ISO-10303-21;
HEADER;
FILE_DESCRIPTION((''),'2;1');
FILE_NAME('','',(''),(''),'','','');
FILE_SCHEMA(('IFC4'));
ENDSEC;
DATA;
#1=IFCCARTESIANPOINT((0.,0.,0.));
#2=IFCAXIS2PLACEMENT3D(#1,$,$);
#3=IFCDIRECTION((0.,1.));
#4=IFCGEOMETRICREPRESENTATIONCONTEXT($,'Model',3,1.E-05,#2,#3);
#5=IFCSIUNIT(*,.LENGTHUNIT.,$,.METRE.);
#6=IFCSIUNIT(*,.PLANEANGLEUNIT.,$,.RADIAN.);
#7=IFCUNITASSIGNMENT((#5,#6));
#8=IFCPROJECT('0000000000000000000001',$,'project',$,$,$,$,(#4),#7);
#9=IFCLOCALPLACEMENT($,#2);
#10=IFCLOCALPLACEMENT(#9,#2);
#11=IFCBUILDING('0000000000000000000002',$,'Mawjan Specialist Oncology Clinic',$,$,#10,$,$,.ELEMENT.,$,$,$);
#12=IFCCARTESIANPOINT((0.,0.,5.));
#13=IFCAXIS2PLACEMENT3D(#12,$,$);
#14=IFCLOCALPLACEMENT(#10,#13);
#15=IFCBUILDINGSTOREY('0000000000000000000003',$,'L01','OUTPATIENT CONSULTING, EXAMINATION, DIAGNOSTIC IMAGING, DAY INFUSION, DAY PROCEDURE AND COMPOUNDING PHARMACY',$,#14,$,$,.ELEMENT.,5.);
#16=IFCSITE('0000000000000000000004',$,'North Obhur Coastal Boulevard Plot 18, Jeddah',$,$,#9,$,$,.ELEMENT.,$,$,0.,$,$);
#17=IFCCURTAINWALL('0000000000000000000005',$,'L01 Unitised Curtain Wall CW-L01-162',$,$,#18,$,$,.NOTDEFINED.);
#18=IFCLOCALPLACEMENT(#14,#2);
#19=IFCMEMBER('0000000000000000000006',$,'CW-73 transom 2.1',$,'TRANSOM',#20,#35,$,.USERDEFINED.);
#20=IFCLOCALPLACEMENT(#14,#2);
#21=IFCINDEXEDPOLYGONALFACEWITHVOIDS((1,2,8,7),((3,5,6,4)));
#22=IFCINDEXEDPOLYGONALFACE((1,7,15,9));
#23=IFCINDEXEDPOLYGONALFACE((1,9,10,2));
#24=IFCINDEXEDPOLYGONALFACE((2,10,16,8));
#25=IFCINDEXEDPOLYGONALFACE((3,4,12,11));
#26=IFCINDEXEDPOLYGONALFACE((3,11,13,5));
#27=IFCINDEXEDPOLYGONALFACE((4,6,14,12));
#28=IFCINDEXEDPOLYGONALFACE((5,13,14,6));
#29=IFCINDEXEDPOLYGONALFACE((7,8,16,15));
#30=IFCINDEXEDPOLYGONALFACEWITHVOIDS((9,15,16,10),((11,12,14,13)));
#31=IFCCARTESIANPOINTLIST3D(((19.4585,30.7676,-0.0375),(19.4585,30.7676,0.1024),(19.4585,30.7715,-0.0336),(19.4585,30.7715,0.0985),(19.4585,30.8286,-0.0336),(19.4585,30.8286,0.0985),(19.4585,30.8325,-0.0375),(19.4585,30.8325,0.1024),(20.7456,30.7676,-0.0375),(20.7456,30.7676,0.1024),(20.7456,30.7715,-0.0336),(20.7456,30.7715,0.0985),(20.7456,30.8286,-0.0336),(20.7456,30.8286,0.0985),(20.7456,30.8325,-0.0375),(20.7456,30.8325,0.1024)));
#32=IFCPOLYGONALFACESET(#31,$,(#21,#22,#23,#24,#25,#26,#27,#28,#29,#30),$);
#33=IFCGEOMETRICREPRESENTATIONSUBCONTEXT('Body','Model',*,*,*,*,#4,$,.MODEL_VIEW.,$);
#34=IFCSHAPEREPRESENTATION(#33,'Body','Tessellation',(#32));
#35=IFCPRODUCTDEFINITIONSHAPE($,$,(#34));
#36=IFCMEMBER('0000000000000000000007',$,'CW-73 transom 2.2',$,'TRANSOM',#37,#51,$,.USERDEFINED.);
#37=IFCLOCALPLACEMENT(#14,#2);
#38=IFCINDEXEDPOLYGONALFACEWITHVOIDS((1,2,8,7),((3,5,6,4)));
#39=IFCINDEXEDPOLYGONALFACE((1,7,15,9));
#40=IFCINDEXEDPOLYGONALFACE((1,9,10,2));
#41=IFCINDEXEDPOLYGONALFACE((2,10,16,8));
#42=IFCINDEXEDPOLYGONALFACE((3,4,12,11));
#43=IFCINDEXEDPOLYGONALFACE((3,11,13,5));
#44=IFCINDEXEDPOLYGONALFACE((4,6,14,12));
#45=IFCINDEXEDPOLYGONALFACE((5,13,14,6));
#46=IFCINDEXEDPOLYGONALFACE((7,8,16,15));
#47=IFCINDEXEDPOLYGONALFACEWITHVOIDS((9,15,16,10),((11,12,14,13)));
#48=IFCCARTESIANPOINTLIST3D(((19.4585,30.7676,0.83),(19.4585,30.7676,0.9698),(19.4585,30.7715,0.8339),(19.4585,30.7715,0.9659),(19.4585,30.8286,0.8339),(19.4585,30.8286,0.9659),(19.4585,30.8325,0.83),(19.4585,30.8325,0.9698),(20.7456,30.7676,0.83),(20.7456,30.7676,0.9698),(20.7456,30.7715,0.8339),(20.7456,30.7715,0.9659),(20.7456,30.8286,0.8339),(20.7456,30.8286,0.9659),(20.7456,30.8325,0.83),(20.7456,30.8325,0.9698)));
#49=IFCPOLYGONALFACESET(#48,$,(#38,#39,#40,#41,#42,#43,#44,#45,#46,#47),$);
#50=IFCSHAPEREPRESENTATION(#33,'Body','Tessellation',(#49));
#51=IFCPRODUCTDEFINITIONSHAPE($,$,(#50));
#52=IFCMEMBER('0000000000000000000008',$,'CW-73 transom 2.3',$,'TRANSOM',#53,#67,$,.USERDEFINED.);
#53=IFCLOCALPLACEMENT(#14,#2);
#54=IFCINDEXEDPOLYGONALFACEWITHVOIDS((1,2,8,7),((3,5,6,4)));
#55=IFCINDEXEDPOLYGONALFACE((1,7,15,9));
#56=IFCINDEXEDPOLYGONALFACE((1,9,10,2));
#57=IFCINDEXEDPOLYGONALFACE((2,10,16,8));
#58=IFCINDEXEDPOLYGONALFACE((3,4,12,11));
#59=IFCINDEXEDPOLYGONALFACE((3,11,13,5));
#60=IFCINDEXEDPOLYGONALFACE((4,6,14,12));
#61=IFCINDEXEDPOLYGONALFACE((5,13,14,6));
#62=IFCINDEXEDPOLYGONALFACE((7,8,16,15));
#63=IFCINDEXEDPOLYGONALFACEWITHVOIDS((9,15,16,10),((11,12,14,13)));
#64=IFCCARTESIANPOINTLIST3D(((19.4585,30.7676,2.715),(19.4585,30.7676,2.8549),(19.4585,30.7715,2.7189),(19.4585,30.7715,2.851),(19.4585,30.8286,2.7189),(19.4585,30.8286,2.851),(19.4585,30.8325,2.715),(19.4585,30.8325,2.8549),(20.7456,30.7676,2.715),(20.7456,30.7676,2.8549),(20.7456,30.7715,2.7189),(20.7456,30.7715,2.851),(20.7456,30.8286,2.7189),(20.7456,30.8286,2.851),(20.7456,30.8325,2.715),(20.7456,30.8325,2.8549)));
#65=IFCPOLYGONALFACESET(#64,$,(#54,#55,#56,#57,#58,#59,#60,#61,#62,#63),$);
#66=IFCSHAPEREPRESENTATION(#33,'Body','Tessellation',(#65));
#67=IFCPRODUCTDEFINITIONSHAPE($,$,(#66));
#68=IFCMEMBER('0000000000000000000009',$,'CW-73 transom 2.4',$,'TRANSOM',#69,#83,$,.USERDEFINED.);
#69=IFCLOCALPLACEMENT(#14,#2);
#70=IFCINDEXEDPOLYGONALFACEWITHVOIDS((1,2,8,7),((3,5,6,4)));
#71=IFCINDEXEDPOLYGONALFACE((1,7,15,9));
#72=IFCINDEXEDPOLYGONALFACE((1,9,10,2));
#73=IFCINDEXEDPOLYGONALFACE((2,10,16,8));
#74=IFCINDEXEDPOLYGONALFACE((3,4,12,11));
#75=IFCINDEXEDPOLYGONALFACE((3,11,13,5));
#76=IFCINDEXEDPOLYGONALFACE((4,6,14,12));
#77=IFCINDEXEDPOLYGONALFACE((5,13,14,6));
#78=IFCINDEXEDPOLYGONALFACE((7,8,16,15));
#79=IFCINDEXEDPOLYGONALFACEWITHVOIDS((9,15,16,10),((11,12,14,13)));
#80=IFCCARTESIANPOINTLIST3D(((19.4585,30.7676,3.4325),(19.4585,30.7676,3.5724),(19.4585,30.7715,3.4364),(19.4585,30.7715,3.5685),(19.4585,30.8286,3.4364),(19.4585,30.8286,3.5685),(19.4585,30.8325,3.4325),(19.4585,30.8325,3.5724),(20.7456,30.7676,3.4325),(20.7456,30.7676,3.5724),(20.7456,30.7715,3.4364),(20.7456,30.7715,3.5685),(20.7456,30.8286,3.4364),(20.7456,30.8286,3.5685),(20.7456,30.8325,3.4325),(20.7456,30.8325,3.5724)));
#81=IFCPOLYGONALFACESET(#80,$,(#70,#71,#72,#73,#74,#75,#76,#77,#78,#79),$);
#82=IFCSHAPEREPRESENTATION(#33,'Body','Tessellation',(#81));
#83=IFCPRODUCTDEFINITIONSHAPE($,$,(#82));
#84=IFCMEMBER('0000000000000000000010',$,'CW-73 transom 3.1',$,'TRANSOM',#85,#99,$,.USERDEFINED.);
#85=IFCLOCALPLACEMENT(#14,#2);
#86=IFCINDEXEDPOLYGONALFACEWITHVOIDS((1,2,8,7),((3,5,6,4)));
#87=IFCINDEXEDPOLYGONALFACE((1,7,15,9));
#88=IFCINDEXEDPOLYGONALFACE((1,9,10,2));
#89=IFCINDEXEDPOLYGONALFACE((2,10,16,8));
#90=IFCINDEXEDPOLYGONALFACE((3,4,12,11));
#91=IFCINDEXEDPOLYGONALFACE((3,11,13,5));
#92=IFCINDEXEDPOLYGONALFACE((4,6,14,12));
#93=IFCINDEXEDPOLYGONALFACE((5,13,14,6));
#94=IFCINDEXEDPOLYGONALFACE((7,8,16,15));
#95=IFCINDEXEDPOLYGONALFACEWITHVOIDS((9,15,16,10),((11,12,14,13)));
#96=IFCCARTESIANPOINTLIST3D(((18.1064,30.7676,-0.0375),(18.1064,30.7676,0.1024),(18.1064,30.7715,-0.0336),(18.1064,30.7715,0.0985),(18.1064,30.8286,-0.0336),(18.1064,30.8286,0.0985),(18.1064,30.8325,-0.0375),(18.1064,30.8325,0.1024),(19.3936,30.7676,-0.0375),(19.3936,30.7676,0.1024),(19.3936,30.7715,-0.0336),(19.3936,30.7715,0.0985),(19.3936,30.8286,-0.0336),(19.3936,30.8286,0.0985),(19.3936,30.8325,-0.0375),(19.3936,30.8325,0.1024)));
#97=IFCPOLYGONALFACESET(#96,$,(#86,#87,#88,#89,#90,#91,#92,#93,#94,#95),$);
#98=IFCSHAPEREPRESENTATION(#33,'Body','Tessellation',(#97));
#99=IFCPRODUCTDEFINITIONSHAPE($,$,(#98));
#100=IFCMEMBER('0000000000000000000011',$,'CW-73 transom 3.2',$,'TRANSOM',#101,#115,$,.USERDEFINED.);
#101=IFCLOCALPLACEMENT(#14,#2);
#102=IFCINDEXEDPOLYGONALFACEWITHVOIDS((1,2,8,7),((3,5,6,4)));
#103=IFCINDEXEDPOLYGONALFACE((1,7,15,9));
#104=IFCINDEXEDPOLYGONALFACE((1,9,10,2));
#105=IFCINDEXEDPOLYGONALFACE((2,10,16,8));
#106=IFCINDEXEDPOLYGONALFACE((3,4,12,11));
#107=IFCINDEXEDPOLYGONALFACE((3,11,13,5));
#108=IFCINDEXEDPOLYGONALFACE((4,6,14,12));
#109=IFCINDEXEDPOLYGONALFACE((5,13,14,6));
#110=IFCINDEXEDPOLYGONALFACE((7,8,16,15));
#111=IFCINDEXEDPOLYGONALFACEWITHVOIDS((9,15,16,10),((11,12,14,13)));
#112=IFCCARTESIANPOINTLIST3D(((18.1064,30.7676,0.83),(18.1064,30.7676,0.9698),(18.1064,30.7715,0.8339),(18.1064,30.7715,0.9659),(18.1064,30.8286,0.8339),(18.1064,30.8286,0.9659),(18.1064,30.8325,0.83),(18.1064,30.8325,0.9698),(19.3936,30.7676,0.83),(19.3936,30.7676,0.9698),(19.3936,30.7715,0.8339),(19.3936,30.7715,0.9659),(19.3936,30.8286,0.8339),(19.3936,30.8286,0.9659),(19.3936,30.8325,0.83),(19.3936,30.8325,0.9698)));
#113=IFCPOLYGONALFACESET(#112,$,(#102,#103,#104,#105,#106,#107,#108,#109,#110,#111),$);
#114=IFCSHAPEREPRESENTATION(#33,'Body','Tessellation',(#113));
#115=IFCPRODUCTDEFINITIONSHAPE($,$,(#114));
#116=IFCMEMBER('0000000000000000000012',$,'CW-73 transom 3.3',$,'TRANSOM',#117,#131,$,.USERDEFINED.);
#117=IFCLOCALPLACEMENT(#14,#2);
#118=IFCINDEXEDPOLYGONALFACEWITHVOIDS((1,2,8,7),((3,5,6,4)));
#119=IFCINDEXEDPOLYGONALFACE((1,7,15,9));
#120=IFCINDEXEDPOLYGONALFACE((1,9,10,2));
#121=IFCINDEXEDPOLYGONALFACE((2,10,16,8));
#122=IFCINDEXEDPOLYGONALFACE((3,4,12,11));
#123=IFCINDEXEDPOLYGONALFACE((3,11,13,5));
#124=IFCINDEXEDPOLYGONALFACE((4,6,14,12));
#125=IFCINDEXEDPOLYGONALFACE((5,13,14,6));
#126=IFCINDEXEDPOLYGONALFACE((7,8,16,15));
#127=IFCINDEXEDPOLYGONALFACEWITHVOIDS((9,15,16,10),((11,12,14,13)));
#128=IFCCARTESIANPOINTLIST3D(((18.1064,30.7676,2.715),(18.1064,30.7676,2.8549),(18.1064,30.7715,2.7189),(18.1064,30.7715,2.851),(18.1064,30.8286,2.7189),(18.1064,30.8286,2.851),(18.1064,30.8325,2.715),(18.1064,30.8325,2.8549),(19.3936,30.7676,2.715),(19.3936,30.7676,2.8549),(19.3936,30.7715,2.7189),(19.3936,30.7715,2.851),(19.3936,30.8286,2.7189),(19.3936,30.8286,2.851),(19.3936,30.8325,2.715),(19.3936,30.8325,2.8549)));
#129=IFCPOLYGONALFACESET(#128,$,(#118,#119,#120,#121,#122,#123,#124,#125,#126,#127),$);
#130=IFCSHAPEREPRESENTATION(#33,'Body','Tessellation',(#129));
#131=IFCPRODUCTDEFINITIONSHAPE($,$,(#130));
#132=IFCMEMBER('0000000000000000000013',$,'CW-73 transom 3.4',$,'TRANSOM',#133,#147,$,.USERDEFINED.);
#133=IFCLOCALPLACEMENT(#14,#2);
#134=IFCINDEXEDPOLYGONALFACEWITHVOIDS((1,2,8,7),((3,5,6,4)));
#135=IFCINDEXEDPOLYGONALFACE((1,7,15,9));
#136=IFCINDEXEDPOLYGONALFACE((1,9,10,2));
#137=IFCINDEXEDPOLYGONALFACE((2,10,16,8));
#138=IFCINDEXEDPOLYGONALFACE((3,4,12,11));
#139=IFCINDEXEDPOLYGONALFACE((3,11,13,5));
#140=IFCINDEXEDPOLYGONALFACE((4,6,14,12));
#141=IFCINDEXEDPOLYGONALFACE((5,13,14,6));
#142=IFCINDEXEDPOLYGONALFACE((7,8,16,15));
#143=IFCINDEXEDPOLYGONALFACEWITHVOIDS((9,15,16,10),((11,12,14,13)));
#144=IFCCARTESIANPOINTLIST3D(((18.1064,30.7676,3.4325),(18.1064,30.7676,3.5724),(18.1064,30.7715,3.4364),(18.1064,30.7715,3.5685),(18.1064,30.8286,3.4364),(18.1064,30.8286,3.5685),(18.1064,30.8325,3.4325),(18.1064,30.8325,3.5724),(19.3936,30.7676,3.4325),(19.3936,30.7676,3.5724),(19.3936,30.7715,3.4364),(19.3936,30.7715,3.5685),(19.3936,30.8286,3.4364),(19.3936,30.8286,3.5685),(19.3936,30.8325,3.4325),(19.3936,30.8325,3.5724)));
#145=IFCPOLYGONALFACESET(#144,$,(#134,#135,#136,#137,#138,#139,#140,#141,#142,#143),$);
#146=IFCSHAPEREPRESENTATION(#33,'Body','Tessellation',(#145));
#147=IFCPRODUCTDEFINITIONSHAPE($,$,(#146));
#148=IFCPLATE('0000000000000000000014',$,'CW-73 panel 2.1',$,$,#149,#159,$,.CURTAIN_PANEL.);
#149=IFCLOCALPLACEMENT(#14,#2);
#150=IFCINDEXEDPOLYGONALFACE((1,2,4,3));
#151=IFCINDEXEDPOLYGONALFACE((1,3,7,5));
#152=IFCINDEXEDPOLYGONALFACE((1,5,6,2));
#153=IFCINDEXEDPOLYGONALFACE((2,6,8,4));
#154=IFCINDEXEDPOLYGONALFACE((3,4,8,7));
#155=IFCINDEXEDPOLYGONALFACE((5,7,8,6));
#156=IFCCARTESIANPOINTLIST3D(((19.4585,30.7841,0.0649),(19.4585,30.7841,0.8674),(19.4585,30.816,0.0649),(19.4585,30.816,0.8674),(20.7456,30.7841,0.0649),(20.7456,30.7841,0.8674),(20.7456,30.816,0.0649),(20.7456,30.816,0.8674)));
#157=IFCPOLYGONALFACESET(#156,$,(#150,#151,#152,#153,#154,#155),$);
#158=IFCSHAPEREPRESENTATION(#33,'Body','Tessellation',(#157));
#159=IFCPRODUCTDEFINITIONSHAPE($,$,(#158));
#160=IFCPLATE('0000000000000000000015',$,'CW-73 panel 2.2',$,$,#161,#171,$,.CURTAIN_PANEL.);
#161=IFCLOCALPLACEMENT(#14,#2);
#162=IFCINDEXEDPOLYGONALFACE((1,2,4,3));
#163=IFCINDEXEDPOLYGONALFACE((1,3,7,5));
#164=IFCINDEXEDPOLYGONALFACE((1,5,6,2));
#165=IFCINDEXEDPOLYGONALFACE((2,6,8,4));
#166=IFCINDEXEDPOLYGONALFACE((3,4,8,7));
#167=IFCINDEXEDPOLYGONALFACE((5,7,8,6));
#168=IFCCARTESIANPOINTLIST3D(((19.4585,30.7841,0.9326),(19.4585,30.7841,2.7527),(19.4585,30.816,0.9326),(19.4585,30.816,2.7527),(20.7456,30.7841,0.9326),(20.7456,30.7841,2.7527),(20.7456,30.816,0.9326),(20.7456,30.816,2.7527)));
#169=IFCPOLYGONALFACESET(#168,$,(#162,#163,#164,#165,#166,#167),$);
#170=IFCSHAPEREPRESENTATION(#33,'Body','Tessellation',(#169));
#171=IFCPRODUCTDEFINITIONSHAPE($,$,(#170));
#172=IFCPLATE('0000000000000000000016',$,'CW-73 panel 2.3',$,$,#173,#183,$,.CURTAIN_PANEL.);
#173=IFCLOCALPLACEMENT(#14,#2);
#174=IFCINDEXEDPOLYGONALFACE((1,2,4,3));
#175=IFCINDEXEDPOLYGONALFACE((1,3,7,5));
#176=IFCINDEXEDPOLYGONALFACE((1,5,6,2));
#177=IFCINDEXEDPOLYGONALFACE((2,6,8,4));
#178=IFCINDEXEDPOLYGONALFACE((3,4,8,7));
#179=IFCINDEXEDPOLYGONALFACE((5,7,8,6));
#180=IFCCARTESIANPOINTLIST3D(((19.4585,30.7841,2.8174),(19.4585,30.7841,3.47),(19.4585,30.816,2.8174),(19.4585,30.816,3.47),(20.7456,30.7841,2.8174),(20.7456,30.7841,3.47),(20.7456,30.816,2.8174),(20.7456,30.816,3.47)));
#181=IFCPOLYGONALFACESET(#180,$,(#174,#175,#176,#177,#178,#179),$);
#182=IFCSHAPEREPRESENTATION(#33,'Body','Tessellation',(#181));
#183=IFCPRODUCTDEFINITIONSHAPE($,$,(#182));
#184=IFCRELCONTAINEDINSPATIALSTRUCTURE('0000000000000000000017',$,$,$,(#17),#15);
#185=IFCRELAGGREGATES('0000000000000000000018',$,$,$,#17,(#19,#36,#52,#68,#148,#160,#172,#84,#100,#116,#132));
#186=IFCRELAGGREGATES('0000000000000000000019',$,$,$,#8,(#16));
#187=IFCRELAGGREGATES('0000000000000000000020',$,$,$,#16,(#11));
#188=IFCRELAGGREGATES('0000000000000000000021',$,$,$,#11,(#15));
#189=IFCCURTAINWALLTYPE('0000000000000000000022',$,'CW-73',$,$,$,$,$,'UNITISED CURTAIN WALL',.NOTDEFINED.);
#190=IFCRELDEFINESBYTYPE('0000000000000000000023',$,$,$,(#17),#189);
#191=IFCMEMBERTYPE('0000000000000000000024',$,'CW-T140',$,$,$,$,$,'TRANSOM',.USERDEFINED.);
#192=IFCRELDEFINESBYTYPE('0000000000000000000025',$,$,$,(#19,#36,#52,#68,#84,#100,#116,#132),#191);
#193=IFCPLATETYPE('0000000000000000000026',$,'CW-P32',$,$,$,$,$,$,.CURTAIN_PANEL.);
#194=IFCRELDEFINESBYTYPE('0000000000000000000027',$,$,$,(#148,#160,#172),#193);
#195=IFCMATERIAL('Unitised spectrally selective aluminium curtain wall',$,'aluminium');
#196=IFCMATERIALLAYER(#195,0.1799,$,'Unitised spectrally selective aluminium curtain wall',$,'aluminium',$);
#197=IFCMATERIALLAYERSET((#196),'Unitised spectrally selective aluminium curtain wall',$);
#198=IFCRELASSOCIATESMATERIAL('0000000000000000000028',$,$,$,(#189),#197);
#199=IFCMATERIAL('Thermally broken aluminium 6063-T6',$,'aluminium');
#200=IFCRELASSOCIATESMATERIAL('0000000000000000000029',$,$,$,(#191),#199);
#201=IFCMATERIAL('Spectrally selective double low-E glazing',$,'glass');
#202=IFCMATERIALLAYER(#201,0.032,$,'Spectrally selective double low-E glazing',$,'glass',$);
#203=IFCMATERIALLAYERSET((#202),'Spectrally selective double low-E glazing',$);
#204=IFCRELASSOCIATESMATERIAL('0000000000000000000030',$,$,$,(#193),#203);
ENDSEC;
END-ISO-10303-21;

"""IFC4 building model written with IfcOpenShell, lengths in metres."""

from ifc_helpers import new_model, si_unit, direction, frame, origin, origin_2d, place, context, subcontext, project, spatial, rectangle, hollow_rectangle, extrude, material, layer, layer_set, material_profile, profile_set, type_object, element, aggregate, save


model = new_model("IFC4")

# Units and contexts
model_context = context("Model", 3, precision=1e-05, world=origin(), true_north=direction((0.0, 1.0)))
body_context = subcontext(model_context, "Body", "Model", "MODEL_VIEW")
ifc_project = project(units=[si_unit("LENGTHUNIT", "METRE"), si_unit("PLANEANGLEUNIT", "RADIAN")], contexts=[model_context])

# Site, building, storey
site_placement = place(None, origin())
site = spatial("IfcSite", under=ifc_project, at=site_placement, Name="North Obhur Coastal Boulevard Plot 18, Jeddah", CompositionType="ELEMENT", RefElevation=0.0)
building_placement = place(site_placement, origin())
building = spatial("IfcBuilding", under=site, at=building_placement, Name="Mawjan Specialist Oncology Clinic", CompositionType="ELEMENT")
storey_placement = place(building_placement, frame((0.0, 0.0, 5.0)))
storey = spatial("IfcBuildingStorey", under=building, at=storey_placement, Name="L01", Description="OUTPATIENT CONSULTING, EXAMINATION, DIAGNOSTIC IMAGING, DAY INFUSION, DAY PROCEDURE AND COMPOUNDING PHARMACY", CompositionType="ELEMENT", Elevation=5.0)

# Curtain wall, members, plates
ifc_material_1 = material(Name="Unitised spectrally selective aluminium curtain wall", Category="aluminium")
ifc_layer_1 = layer(ifc_material_1, 0.1799, Name="Unitised spectrally selective aluminium curtain wall", Category="aluminium")
ifc_layer_set_1 = layer_set([ifc_layer_1], Name="Unitised spectrally selective aluminium curtain wall")
curtain_wall_type = type_object("IfcCurtainWallType", Name="CW-73", ElementType="UNITISED CURTAIN WALL", PredefinedType="NOTDEFINED", material=ifc_layer_set_1)
curtain_wall_placement = place(storey_placement, origin())
curtain_wall = element("IfcCurtainWall", 1, at=curtain_wall_placement, inside=storey, type_object=curtain_wall_type, Name="L01 Unitised Curtain Wall CW-L01-162", PredefinedType="NOTDEFINED")
ifc_material_2 = material(Name="Thermally broken aluminium 6063-T6", Category="aluminium")
ifc_material_profile_1 = material_profile(ifc_material_2, hollow_rectangle(XDim=0.0649, YDim=0.1399, WallThickness=0.0039, at=origin_2d()), Name="ALU TRANSOM 140x65x4", Category="aluminium")
ifc_profile_set_1 = profile_set([ifc_material_profile_1], Name="Thermally broken aluminium 6063-T6")
member_type_1 = type_object("IfcMemberType", Name="CW-T140", ElementType="TRANSOM", PredefinedType="USERDEFINED", material=ifc_profile_set_1)
member_1_placement = place(storey_placement, frame((20.7456, 30.8, 0.0325), z_axis=(-1.0, 0.0, 0.0), x_axis=(0.0, -1.0, 0.0)))
member_1 = element("IfcMember", 2, at=member_1_placement, type_object=member_type_1, Name="CW-73 transom 2.1", ObjectType="TRANSOM", PredefinedType="USERDEFINED", context=body_context, shape_type="SweptSolid", body=[
    extrude(hollow_rectangle(XDim=0.0649, YDim=0.1399, WallThickness=0.0039, at=origin_2d()), origin(), (0.0, 0.0, 1.0), 1.2871),
])
member_2_placement = place(storey_placement, frame((20.7456, 30.8, 0.8999), z_axis=(-1.0, 0.0, 0.0), x_axis=(0.0, -1.0, 0.0)))
member_2 = element("IfcMember", 3, at=member_2_placement, type_object=member_type_1, Name="CW-73 transom 2.2", ObjectType="TRANSOM", PredefinedType="USERDEFINED", context=body_context, shape_type="SweptSolid", body=[
    extrude(hollow_rectangle(XDim=0.0649, YDim=0.1399, WallThickness=0.0039, at=origin_2d()), origin(), (0.0, 0.0, 1.0), 1.2871),
])
member_3_placement = place(storey_placement, frame((20.7456, 30.8, 2.7849), z_axis=(-1.0, 0.0, 0.0), x_axis=(0.0, -1.0, 0.0)))
member_3 = element("IfcMember", 4, at=member_3_placement, type_object=member_type_1, Name="CW-73 transom 2.3", ObjectType="TRANSOM", PredefinedType="USERDEFINED", context=body_context, shape_type="SweptSolid", body=[
    extrude(hollow_rectangle(XDim=0.0649, YDim=0.1399, WallThickness=0.0039, at=origin_2d()), origin(), (0.0, 0.0, 1.0), 1.2871),
])
member_4_placement = place(storey_placement, frame((20.7456, 30.8, 3.5024), z_axis=(-1.0, 0.0, 0.0), x_axis=(0.0, -1.0, 0.0)))
member_4 = element("IfcMember", 5, at=member_4_placement, type_object=member_type_1, Name="CW-73 transom 2.4", ObjectType="TRANSOM", PredefinedType="USERDEFINED", context=body_context, shape_type="SweptSolid", body=[
    extrude(hollow_rectangle(XDim=0.0649, YDim=0.1399, WallThickness=0.0039, at=origin_2d()), origin(), (0.0, 0.0, 1.0), 1.2871),
])
member_5_placement = place(storey_placement, frame((19.3936, 30.8, 0.0325), z_axis=(-1.0, 0.0, 0.0), x_axis=(0.0, -1.0, 0.0)))
member_5 = element("IfcMember", 6, at=member_5_placement, type_object=member_type_1, Name="CW-73 transom 3.1", ObjectType="TRANSOM", PredefinedType="USERDEFINED", context=body_context, shape_type="SweptSolid", body=[
    extrude(hollow_rectangle(XDim=0.0649, YDim=0.1399, WallThickness=0.0039, at=origin_2d()), origin(), (0.0, 0.0, 1.0), 1.2871),
])
member_6_placement = place(storey_placement, frame((19.3936, 30.8, 0.8999), z_axis=(-1.0, 0.0, 0.0), x_axis=(0.0, -1.0, 0.0)))
member_6 = element("IfcMember", 7, at=member_6_placement, type_object=member_type_1, Name="CW-73 transom 3.2", ObjectType="TRANSOM", PredefinedType="USERDEFINED", context=body_context, shape_type="SweptSolid", body=[
    extrude(hollow_rectangle(XDim=0.0649, YDim=0.1399, WallThickness=0.0039, at=origin_2d()), origin(), (0.0, 0.0, 1.0), 1.2871),
])
member_7_placement = place(storey_placement, frame((19.3936, 30.8, 2.7849), z_axis=(-1.0, 0.0, 0.0), x_axis=(0.0, -1.0, 0.0)))
member_7 = element("IfcMember", 8, at=member_7_placement, type_object=member_type_1, Name="CW-73 transom 3.3", ObjectType="TRANSOM", PredefinedType="USERDEFINED", context=body_context, shape_type="SweptSolid", body=[
    extrude(hollow_rectangle(XDim=0.0649, YDim=0.1399, WallThickness=0.0039, at=origin_2d()), origin(), (0.0, 0.0, 1.0), 1.2871),
])
member_8_placement = place(storey_placement, frame((19.3936, 30.8, 3.5024), z_axis=(-1.0, 0.0, 0.0), x_axis=(0.0, -1.0, 0.0)))
member_8 = element("IfcMember", 9, at=member_8_placement, type_object=member_type_1, Name="CW-73 transom 3.4", ObjectType="TRANSOM", PredefinedType="USERDEFINED", context=body_context, shape_type="SweptSolid", body=[
    extrude(hollow_rectangle(XDim=0.0649, YDim=0.1399, WallThickness=0.0039, at=origin_2d()), origin(), (0.0, 0.0, 1.0), 1.2871),
])
ifc_material_3 = material(Name="Spectrally selective double low-E glazing", Category="glass")
ifc_layer_2 = layer(ifc_material_3, 0.032, Name="Spectrally selective double low-E glazing", Category="glass")
ifc_layer_set_2 = layer_set([ifc_layer_2], Name="Spectrally selective double low-E glazing")
plate_type = type_object("IfcPlateType", Name="CW-P32", PredefinedType="CURTAIN_PANEL", material=ifc_layer_set_2)
plate_1_placement = place(storey_placement, frame((20.1021, 30.8, 0.0649), z_axis=(0.0, 0.0, 1.0), x_axis=(-1.0, 0.0, 0.0)))
plate_1 = element("IfcPlate", 10, at=plate_1_placement, type_object=plate_type, Name="CW-73 panel 2.1", PredefinedType="CURTAIN_PANEL", context=body_context, shape_type="SweptSolid", body=[
    extrude(rectangle(XDim=1.2871, YDim=0.032, at=origin_2d()), origin(), (0.0, 0.0, 1.0), 0.8025),
])
plate_2_placement = place(storey_placement, frame((20.1021, 30.8, 0.9326), z_axis=(0.0, 0.0, 1.0), x_axis=(-1.0, 0.0, 0.0)))
plate_2 = element("IfcPlate", 11, at=plate_2_placement, type_object=plate_type, Name="CW-73 panel 2.2", PredefinedType="CURTAIN_PANEL", context=body_context, shape_type="SweptSolid", body=[
    extrude(rectangle(XDim=1.2871, YDim=0.032, at=origin_2d()), origin(), (0.0, 0.0, 1.0), 1.8201),
])
plate_3_placement = place(storey_placement, frame((20.1021, 30.8, 2.8174), z_axis=(0.0, 0.0, 1.0), x_axis=(-1.0, 0.0, 0.0)))
plate_3 = element("IfcPlate", 12, at=plate_3_placement, type_object=plate_type, Name="CW-73 panel 2.3", PredefinedType="CURTAIN_PANEL", context=body_context, shape_type="SweptSolid", body=[
    extrude(rectangle(XDim=1.2871, YDim=0.032, at=origin_2d()), origin(), (0.0, 0.0, 1.0), 0.6526),
])
aggregate(curtain_wall, [member_1, member_2, member_3, member_4, plate_1, plate_2, plate_3, member_5, member_6, member_7, member_8])

save(model, "model.ifc")
